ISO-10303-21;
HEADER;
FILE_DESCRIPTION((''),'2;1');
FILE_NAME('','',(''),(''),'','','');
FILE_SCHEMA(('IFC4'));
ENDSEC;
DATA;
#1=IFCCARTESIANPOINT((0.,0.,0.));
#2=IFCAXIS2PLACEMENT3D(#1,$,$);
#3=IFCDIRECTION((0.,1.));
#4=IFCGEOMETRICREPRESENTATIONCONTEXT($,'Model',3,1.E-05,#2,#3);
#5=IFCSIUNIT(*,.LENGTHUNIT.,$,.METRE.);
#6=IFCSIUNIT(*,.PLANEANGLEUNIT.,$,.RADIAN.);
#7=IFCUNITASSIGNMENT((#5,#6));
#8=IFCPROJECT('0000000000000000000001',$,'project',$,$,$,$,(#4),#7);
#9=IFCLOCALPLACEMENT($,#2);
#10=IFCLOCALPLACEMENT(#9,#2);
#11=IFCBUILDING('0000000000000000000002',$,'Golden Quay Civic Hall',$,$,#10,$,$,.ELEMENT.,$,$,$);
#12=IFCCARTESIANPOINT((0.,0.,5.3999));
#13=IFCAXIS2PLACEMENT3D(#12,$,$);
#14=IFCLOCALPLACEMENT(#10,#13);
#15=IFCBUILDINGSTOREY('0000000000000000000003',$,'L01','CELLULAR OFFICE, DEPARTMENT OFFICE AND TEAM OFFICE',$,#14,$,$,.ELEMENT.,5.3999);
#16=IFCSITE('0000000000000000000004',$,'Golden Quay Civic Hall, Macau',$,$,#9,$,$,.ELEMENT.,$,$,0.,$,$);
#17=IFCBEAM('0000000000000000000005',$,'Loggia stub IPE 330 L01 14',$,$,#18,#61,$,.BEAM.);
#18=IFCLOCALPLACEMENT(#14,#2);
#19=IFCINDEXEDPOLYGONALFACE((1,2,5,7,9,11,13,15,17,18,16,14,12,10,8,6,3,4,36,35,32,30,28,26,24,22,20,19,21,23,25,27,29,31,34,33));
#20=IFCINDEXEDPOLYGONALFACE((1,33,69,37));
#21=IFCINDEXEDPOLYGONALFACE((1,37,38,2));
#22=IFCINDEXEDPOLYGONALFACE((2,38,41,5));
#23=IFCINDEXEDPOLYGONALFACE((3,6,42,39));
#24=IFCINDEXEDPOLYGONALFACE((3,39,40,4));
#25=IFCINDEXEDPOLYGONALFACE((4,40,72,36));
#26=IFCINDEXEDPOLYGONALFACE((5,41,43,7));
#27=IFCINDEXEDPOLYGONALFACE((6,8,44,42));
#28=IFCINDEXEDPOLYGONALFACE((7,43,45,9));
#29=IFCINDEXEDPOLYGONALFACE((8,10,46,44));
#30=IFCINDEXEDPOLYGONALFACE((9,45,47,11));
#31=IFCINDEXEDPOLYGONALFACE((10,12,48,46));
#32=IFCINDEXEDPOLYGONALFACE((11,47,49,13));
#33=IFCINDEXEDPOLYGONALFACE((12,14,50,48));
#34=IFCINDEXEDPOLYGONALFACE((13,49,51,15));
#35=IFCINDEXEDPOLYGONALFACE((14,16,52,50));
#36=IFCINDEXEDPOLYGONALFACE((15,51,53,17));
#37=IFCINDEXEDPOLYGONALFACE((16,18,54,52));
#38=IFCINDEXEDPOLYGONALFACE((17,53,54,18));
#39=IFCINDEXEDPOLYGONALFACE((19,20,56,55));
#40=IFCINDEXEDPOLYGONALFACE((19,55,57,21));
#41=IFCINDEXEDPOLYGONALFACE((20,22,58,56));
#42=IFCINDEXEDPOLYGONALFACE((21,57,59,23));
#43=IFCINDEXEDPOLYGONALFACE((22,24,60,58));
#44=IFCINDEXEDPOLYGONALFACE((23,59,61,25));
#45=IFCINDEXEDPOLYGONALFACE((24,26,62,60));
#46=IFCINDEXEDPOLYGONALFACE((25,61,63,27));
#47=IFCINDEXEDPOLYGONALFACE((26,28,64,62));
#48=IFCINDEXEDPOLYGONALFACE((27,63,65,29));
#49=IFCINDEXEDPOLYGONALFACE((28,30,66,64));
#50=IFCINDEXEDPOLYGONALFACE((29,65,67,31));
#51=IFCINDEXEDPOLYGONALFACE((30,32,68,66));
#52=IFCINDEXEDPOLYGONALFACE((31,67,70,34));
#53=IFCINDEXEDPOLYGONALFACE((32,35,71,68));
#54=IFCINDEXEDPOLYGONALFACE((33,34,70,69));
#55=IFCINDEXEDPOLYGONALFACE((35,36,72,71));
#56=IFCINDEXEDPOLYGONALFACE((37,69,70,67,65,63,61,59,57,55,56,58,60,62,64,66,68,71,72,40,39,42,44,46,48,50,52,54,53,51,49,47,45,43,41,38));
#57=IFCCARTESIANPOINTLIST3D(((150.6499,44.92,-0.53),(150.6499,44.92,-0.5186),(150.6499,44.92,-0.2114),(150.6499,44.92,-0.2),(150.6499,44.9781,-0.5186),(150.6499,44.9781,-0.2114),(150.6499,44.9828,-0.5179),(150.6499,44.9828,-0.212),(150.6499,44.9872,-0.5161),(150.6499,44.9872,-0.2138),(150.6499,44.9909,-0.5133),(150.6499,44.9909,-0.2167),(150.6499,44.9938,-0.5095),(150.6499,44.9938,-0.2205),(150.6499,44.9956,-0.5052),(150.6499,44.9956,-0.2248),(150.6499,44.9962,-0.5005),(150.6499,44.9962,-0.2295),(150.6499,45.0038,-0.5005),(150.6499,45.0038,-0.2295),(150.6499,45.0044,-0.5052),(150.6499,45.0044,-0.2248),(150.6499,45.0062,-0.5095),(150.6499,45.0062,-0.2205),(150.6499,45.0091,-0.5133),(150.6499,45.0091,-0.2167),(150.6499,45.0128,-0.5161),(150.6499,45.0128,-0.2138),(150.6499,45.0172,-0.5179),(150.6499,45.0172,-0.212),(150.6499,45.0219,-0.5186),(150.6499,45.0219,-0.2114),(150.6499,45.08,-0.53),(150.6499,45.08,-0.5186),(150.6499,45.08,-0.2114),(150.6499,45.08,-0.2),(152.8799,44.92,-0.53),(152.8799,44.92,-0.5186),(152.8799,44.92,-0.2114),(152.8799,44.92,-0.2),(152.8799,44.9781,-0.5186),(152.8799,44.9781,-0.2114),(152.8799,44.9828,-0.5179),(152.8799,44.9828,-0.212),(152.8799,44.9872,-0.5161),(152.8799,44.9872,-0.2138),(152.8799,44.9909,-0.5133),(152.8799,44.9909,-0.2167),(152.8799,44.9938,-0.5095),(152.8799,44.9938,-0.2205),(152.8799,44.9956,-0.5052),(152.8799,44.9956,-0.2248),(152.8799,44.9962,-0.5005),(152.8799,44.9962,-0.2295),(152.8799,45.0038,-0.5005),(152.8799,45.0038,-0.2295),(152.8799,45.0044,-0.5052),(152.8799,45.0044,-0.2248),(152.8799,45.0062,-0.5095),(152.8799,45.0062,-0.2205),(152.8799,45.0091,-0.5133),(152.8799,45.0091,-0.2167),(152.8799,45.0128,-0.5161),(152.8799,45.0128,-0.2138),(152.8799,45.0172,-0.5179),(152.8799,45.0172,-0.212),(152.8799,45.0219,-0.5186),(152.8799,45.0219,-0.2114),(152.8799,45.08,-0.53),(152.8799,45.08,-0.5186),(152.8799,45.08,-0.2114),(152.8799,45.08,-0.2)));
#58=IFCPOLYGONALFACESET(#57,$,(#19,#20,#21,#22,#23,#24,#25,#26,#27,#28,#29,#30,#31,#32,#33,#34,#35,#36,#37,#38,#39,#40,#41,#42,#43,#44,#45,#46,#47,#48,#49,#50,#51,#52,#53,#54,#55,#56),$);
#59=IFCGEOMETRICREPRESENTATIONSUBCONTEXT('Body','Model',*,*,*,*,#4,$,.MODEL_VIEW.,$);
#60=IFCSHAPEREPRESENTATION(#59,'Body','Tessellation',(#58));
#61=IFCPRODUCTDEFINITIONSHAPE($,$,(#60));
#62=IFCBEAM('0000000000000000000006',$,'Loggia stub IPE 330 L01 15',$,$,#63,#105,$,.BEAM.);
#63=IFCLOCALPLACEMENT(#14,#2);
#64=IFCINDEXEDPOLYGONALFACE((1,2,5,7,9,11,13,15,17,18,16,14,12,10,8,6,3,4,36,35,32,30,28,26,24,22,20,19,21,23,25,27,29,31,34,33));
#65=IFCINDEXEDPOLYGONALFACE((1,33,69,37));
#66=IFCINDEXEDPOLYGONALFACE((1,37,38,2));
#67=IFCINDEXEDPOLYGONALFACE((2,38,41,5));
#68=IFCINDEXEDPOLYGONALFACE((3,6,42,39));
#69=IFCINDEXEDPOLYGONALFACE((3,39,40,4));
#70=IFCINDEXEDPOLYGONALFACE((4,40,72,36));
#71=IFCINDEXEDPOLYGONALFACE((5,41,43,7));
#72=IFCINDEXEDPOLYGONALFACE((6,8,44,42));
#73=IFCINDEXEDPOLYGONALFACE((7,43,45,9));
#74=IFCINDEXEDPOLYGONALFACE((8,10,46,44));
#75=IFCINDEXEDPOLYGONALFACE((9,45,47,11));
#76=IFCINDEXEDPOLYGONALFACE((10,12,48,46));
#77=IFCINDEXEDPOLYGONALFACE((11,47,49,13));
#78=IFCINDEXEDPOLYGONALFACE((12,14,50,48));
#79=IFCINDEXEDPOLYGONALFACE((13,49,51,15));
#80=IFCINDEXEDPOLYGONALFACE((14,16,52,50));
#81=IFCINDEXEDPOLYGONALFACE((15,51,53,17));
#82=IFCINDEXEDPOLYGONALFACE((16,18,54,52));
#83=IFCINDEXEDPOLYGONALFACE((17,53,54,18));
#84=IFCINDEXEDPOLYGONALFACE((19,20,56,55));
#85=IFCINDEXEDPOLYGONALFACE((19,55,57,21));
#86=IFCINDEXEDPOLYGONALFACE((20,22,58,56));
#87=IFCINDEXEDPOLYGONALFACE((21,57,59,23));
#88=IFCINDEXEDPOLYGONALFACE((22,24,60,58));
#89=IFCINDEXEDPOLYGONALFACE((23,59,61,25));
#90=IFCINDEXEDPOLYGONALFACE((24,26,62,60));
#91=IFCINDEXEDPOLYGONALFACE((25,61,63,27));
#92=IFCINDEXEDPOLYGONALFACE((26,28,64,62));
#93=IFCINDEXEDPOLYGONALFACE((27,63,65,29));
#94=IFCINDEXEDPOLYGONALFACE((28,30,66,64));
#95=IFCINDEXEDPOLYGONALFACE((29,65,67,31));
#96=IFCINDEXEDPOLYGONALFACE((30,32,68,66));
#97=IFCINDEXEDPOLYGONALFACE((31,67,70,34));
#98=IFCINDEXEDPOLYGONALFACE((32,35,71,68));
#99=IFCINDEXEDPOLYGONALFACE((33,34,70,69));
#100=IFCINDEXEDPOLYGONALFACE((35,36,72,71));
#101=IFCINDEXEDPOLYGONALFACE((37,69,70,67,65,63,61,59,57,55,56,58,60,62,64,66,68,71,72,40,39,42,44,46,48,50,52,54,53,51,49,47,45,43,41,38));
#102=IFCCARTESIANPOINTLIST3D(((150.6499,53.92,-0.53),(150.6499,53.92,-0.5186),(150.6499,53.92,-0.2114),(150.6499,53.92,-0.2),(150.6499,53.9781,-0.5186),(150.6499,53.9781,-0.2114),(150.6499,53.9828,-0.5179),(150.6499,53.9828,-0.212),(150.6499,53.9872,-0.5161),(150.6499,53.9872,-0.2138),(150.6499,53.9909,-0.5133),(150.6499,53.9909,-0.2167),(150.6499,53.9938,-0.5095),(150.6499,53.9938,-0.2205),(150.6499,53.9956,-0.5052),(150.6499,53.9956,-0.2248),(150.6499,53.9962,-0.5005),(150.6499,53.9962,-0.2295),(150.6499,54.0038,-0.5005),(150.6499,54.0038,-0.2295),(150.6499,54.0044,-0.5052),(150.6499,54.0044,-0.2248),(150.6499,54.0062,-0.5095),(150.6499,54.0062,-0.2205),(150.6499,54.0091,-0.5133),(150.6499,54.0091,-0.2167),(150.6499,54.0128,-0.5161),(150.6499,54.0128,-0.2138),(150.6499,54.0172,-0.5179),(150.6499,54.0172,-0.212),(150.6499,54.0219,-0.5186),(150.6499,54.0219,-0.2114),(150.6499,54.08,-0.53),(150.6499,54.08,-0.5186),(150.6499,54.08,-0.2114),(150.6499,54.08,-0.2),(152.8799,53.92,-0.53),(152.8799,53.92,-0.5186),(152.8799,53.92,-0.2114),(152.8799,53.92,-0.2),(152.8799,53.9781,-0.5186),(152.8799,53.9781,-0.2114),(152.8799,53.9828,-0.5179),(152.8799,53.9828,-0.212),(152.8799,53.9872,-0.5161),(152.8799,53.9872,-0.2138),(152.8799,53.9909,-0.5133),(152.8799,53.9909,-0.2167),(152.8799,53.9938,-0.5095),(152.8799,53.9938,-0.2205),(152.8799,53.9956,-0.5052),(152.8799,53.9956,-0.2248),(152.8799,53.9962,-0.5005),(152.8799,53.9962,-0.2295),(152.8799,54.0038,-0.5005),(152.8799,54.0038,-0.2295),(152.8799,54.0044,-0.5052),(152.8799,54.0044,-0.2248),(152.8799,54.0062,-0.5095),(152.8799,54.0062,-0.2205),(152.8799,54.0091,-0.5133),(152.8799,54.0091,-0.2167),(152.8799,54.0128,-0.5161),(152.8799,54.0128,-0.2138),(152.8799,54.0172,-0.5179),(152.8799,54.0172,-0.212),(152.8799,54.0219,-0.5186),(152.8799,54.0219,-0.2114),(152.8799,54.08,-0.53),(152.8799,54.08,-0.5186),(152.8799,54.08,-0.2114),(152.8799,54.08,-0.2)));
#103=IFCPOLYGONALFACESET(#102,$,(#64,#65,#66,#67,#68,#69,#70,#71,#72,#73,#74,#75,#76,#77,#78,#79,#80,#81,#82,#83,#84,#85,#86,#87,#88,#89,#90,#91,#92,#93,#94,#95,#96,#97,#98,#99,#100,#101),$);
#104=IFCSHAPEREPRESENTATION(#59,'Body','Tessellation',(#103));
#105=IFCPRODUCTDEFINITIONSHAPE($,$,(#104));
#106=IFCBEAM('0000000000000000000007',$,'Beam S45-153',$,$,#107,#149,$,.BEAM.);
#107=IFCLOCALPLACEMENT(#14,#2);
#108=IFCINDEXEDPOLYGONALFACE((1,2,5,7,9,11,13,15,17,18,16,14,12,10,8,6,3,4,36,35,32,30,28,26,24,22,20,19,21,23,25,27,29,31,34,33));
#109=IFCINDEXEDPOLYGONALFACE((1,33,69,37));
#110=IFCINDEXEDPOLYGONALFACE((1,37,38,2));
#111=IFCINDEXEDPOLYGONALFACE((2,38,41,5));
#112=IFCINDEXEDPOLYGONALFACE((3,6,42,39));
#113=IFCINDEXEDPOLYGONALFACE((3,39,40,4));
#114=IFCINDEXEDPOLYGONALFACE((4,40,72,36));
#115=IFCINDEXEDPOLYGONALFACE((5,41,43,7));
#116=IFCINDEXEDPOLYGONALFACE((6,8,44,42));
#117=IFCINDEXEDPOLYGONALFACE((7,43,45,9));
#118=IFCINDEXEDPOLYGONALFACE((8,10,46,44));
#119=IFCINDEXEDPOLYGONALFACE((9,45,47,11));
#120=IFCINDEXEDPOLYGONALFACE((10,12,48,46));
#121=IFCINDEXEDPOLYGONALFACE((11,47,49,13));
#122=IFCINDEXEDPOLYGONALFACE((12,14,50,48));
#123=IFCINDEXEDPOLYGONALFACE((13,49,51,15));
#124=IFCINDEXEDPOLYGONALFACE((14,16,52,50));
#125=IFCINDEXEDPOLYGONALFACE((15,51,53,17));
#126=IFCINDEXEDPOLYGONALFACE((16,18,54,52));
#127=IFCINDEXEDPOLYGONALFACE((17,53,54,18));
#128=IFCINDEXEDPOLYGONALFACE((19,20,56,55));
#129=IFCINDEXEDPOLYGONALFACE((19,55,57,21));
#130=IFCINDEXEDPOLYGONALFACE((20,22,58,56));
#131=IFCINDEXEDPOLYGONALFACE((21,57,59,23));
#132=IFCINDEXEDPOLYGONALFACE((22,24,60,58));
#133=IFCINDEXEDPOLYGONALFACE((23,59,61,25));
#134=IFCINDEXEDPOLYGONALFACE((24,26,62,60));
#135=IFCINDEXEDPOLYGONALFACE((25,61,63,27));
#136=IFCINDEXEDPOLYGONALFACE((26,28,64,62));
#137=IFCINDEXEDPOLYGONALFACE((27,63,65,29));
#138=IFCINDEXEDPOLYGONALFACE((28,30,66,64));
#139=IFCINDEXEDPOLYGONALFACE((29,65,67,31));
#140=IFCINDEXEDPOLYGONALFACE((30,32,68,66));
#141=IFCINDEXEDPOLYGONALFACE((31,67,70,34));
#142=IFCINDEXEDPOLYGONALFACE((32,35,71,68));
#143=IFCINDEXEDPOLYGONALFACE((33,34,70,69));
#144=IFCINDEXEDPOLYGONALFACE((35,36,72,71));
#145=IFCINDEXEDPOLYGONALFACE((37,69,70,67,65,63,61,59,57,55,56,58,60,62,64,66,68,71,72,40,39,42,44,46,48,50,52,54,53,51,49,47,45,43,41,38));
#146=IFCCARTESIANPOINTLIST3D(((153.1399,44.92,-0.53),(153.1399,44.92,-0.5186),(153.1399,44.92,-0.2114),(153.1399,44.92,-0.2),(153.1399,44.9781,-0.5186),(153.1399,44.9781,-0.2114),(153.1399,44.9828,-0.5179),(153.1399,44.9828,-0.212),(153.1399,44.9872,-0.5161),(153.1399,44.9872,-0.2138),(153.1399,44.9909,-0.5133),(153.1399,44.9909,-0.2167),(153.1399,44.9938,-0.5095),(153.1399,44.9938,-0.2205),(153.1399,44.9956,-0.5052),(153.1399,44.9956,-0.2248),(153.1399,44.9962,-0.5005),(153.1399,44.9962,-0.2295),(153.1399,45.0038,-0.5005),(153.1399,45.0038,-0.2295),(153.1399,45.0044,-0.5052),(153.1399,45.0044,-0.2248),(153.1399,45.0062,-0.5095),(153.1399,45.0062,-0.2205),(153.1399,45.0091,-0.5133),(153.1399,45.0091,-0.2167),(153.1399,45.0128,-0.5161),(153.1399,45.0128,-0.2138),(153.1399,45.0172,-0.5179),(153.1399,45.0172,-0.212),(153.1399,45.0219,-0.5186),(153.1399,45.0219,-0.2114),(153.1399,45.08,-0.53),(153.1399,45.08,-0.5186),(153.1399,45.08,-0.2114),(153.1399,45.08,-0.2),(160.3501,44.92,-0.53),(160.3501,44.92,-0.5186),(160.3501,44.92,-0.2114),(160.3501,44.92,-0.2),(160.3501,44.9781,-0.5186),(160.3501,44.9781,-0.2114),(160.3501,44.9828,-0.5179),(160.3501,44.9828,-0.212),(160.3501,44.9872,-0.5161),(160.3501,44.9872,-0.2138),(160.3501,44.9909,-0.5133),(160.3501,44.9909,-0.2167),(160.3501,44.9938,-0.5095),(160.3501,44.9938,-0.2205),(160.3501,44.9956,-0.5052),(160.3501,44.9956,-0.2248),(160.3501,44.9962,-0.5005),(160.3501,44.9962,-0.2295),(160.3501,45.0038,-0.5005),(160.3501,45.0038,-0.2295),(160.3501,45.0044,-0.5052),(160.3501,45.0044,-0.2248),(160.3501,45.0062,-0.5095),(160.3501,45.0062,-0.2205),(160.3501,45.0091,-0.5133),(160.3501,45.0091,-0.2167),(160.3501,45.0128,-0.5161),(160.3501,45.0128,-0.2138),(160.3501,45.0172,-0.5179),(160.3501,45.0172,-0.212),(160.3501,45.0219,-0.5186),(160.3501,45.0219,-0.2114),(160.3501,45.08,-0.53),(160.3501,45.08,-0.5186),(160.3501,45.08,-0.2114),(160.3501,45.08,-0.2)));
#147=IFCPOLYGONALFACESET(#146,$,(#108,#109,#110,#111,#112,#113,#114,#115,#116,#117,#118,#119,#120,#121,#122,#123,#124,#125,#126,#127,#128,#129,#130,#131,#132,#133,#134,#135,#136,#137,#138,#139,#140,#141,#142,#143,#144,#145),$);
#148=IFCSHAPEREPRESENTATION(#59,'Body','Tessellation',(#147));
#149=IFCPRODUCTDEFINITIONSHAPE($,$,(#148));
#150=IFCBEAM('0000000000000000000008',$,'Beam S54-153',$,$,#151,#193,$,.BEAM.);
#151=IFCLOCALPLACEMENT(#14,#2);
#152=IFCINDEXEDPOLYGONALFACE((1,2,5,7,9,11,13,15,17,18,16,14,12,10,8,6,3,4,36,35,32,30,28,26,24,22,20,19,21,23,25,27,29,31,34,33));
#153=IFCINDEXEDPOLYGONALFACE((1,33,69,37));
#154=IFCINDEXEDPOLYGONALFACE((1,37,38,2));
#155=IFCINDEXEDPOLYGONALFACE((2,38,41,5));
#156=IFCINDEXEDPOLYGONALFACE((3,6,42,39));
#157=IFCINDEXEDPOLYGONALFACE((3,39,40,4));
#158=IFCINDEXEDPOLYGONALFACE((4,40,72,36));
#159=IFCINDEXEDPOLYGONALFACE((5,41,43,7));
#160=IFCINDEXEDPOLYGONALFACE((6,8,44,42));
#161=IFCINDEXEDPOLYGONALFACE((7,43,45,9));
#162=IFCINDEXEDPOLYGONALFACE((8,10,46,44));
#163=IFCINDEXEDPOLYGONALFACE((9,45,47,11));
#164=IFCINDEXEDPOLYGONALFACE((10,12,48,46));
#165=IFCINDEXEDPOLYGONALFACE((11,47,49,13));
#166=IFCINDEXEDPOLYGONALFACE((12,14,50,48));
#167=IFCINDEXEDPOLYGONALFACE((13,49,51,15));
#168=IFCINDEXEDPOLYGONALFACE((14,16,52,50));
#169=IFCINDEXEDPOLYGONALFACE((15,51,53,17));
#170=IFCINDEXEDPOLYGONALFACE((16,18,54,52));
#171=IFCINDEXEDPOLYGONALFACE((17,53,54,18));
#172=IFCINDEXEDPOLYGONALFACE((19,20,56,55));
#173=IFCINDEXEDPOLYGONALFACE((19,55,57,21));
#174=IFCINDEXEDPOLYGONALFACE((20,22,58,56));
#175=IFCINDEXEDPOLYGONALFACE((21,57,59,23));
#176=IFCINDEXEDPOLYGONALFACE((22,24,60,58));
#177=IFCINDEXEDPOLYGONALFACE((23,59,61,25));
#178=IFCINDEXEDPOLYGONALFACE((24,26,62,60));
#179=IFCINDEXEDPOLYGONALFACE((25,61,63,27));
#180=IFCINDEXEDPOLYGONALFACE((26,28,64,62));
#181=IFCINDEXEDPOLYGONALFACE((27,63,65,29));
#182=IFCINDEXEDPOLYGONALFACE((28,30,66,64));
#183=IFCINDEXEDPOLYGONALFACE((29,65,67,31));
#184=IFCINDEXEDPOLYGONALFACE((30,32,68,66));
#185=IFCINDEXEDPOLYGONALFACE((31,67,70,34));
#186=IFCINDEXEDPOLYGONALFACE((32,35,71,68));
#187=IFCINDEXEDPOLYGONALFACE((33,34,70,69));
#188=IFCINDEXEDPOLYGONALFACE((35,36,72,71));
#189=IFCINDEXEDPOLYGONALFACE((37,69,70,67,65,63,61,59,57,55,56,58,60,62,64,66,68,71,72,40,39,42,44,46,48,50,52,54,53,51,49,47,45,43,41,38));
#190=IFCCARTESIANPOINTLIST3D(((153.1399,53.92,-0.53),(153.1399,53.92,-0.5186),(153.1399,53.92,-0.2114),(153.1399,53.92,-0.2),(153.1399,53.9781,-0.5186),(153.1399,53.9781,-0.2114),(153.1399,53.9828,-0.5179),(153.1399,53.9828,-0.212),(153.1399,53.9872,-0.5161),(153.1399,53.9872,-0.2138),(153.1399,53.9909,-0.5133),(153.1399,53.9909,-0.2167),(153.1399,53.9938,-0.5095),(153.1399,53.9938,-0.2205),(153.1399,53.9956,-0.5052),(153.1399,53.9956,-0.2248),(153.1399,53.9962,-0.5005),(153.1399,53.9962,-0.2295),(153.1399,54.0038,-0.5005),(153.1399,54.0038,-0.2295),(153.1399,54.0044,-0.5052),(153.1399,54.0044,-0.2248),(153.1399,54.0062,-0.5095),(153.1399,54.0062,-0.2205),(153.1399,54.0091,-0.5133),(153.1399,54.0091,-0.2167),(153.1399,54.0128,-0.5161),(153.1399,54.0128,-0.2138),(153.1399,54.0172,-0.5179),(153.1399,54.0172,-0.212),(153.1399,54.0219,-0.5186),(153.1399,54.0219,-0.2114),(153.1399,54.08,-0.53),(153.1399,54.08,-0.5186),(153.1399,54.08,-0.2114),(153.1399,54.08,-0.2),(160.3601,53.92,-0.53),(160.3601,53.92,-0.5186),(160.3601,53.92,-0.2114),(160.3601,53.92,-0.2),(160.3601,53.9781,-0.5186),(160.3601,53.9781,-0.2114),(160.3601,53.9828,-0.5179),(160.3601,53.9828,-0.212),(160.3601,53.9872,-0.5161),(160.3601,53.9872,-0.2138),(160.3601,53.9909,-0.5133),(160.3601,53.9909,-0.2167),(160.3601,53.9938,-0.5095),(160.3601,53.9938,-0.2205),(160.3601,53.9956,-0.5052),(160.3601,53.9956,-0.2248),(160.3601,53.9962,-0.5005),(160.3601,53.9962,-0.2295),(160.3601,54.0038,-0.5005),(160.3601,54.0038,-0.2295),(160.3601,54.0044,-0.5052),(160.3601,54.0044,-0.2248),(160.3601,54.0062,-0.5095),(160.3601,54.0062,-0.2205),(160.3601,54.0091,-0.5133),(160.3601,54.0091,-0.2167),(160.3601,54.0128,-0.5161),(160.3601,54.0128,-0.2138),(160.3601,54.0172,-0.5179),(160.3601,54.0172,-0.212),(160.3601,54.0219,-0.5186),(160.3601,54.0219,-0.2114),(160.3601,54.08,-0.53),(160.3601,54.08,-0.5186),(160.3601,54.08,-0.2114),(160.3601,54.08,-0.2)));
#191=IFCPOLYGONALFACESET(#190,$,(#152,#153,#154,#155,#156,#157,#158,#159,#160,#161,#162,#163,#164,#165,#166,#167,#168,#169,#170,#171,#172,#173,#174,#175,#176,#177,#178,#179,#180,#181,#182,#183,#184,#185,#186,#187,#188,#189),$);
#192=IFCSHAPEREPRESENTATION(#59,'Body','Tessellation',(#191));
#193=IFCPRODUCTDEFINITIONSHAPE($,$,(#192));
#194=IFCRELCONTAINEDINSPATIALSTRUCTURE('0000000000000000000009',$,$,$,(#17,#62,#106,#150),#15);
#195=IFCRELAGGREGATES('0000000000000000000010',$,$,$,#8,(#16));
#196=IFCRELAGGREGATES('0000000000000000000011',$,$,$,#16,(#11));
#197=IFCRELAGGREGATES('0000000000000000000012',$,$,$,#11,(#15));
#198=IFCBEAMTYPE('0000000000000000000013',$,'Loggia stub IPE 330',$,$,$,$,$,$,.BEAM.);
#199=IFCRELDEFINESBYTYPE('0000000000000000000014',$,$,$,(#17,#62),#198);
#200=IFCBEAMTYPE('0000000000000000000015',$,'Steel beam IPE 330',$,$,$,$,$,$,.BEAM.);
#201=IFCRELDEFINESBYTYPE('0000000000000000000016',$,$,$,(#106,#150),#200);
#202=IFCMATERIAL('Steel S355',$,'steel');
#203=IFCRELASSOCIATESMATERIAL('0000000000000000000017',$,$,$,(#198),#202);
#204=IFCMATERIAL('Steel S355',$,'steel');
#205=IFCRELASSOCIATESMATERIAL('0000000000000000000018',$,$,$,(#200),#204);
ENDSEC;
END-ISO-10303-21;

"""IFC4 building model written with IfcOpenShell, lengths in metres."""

from ifc_helpers import new_model, si_unit, direction, frame, origin, origin_2d, place, context, subcontext, project, spatial, i_section, extrude, material, material_profile, profile_set, type_object, element, save


model = new_model("IFC4")

# Units and contexts
model_context = context("Model", 3, precision=1e-05, world=origin(), true_north=direction((0.0, 1.0)))
body_context = subcontext(model_context, "Body", "Model", "MODEL_VIEW")
ifc_project = project(units=[si_unit("LENGTHUNIT", "METRE"), si_unit("PLANEANGLEUNIT", "RADIAN")], contexts=[model_context])

# Site, building, storey
site_placement = place(None, origin())
site = spatial("IfcSite", under=ifc_project, at=site_placement, Name="Golden Quay Civic Hall, Macau", CompositionType="ELEMENT", RefElevation=0.0)
building_placement = place(site_placement, origin())
building = spatial("IfcBuilding", under=site, at=building_placement, Name="Golden Quay Civic Hall", CompositionType="ELEMENT")
storey_placement = place(building_placement, frame((0.0, 0.0, 5.3999)))
storey = spatial("IfcBuildingStorey", under=building, at=storey_placement, Name="L01", Description="CELLULAR OFFICE, DEPARTMENT OFFICE AND TEAM OFFICE", CompositionType="ELEMENT", Elevation=5.3999)

# Beams
ifc_material_1 = material(Name="Steel S355", Category="steel")
ifc_material_profile_1 = material_profile(ifc_material_1, i_section(OverallWidth=0.1599, OverallDepth=0.3301, WebThickness=0.0076, FlangeThickness=0.0115, FilletRadius=0.0181, at=origin_2d()), Name="IPE 330")
ifc_profile_set_1 = profile_set([ifc_material_profile_1], Name="Steel S355")
beam_type_1 = type_object("IfcBeamType", Name="Loggia stub IPE 330", PredefinedType="BEAM", material=ifc_profile_set_1)
for number, where, z_axis, x_axis, name in (
    (1, (152.8799, 45.0, -0.365), (-1.0, 0.0, 0.0), (0.0, -1.0, 0.0), "Loggia stub IPE 330 L01 14"),
    (2, (152.8799, 54.0, -0.365), (-1.0, 0.0, 0.0), (0.0, -1.0, 0.0), "Loggia stub IPE 330 L01 15"),
):
    element("IfcBeam", number, at=place(storey_placement, frame(where, z_axis=z_axis, x_axis=x_axis)), inside=storey, type_object=beam_type_1, Name=name, PredefinedType="BEAM", context=body_context, shape_type="SweptSolid", body=[
        extrude(i_section(OverallWidth=0.1599, OverallDepth=0.3301, WebThickness=0.0076, FlangeThickness=0.0115, FilletRadius=0.0181, at=origin_2d()), origin(), (0.0, 0.0, 1.0), 2.23),
    ])
ifc_material_2 = material(Name="Steel S355", Category="steel")
ifc_material_profile_2 = material_profile(ifc_material_2, i_section(OverallWidth=0.1599, OverallDepth=0.3301, WebThickness=0.0076, FlangeThickness=0.0115, FilletRadius=0.0181, at=origin_2d()), Name="IPE 330")
ifc_profile_set_2 = profile_set([ifc_material_profile_2], Name="Steel S355")
beam_type_2 = type_object("IfcBeamType", Name="Steel beam IPE 330", PredefinedType="BEAM", material=ifc_profile_set_2)
beam_1_placement = place(storey_placement, frame((153.1399, 45.0, -0.365), z_axis=(1.0, 0.0, 0.0), x_axis=(0.0, 1.0, 0.0)))
element("IfcBeam", 3, at=beam_1_placement, inside=storey, type_object=beam_type_2, Name="Beam S45-153", PredefinedType="BEAM", context=body_context, shape_type="SweptSolid", body=[
    extrude(i_section(OverallWidth=0.1599, OverallDepth=0.3301, WebThickness=0.0076, FlangeThickness=0.0115, FilletRadius=0.0181, at=origin_2d()), origin(), (0.0, 0.0, 1.0), 7.2102),
])
beam_2_placement = place(storey_placement, frame((153.1399, 54.0, -0.365), z_axis=(1.0, 0.0, 0.0), x_axis=(0.0, 1.0, 0.0)))
element("IfcBeam", 4, at=beam_2_placement, inside=storey, type_object=beam_type_2, Name="Beam S54-153", PredefinedType="BEAM", context=body_context, shape_type="SweptSolid", body=[
    extrude(i_section(OverallWidth=0.1599, OverallDepth=0.3301, WebThickness=0.0076, FlangeThickness=0.0115, FilletRadius=0.0181, at=origin_2d()), origin(), (0.0, 0.0, 1.0), 7.2202),
])

save(model, "model.ifc")
